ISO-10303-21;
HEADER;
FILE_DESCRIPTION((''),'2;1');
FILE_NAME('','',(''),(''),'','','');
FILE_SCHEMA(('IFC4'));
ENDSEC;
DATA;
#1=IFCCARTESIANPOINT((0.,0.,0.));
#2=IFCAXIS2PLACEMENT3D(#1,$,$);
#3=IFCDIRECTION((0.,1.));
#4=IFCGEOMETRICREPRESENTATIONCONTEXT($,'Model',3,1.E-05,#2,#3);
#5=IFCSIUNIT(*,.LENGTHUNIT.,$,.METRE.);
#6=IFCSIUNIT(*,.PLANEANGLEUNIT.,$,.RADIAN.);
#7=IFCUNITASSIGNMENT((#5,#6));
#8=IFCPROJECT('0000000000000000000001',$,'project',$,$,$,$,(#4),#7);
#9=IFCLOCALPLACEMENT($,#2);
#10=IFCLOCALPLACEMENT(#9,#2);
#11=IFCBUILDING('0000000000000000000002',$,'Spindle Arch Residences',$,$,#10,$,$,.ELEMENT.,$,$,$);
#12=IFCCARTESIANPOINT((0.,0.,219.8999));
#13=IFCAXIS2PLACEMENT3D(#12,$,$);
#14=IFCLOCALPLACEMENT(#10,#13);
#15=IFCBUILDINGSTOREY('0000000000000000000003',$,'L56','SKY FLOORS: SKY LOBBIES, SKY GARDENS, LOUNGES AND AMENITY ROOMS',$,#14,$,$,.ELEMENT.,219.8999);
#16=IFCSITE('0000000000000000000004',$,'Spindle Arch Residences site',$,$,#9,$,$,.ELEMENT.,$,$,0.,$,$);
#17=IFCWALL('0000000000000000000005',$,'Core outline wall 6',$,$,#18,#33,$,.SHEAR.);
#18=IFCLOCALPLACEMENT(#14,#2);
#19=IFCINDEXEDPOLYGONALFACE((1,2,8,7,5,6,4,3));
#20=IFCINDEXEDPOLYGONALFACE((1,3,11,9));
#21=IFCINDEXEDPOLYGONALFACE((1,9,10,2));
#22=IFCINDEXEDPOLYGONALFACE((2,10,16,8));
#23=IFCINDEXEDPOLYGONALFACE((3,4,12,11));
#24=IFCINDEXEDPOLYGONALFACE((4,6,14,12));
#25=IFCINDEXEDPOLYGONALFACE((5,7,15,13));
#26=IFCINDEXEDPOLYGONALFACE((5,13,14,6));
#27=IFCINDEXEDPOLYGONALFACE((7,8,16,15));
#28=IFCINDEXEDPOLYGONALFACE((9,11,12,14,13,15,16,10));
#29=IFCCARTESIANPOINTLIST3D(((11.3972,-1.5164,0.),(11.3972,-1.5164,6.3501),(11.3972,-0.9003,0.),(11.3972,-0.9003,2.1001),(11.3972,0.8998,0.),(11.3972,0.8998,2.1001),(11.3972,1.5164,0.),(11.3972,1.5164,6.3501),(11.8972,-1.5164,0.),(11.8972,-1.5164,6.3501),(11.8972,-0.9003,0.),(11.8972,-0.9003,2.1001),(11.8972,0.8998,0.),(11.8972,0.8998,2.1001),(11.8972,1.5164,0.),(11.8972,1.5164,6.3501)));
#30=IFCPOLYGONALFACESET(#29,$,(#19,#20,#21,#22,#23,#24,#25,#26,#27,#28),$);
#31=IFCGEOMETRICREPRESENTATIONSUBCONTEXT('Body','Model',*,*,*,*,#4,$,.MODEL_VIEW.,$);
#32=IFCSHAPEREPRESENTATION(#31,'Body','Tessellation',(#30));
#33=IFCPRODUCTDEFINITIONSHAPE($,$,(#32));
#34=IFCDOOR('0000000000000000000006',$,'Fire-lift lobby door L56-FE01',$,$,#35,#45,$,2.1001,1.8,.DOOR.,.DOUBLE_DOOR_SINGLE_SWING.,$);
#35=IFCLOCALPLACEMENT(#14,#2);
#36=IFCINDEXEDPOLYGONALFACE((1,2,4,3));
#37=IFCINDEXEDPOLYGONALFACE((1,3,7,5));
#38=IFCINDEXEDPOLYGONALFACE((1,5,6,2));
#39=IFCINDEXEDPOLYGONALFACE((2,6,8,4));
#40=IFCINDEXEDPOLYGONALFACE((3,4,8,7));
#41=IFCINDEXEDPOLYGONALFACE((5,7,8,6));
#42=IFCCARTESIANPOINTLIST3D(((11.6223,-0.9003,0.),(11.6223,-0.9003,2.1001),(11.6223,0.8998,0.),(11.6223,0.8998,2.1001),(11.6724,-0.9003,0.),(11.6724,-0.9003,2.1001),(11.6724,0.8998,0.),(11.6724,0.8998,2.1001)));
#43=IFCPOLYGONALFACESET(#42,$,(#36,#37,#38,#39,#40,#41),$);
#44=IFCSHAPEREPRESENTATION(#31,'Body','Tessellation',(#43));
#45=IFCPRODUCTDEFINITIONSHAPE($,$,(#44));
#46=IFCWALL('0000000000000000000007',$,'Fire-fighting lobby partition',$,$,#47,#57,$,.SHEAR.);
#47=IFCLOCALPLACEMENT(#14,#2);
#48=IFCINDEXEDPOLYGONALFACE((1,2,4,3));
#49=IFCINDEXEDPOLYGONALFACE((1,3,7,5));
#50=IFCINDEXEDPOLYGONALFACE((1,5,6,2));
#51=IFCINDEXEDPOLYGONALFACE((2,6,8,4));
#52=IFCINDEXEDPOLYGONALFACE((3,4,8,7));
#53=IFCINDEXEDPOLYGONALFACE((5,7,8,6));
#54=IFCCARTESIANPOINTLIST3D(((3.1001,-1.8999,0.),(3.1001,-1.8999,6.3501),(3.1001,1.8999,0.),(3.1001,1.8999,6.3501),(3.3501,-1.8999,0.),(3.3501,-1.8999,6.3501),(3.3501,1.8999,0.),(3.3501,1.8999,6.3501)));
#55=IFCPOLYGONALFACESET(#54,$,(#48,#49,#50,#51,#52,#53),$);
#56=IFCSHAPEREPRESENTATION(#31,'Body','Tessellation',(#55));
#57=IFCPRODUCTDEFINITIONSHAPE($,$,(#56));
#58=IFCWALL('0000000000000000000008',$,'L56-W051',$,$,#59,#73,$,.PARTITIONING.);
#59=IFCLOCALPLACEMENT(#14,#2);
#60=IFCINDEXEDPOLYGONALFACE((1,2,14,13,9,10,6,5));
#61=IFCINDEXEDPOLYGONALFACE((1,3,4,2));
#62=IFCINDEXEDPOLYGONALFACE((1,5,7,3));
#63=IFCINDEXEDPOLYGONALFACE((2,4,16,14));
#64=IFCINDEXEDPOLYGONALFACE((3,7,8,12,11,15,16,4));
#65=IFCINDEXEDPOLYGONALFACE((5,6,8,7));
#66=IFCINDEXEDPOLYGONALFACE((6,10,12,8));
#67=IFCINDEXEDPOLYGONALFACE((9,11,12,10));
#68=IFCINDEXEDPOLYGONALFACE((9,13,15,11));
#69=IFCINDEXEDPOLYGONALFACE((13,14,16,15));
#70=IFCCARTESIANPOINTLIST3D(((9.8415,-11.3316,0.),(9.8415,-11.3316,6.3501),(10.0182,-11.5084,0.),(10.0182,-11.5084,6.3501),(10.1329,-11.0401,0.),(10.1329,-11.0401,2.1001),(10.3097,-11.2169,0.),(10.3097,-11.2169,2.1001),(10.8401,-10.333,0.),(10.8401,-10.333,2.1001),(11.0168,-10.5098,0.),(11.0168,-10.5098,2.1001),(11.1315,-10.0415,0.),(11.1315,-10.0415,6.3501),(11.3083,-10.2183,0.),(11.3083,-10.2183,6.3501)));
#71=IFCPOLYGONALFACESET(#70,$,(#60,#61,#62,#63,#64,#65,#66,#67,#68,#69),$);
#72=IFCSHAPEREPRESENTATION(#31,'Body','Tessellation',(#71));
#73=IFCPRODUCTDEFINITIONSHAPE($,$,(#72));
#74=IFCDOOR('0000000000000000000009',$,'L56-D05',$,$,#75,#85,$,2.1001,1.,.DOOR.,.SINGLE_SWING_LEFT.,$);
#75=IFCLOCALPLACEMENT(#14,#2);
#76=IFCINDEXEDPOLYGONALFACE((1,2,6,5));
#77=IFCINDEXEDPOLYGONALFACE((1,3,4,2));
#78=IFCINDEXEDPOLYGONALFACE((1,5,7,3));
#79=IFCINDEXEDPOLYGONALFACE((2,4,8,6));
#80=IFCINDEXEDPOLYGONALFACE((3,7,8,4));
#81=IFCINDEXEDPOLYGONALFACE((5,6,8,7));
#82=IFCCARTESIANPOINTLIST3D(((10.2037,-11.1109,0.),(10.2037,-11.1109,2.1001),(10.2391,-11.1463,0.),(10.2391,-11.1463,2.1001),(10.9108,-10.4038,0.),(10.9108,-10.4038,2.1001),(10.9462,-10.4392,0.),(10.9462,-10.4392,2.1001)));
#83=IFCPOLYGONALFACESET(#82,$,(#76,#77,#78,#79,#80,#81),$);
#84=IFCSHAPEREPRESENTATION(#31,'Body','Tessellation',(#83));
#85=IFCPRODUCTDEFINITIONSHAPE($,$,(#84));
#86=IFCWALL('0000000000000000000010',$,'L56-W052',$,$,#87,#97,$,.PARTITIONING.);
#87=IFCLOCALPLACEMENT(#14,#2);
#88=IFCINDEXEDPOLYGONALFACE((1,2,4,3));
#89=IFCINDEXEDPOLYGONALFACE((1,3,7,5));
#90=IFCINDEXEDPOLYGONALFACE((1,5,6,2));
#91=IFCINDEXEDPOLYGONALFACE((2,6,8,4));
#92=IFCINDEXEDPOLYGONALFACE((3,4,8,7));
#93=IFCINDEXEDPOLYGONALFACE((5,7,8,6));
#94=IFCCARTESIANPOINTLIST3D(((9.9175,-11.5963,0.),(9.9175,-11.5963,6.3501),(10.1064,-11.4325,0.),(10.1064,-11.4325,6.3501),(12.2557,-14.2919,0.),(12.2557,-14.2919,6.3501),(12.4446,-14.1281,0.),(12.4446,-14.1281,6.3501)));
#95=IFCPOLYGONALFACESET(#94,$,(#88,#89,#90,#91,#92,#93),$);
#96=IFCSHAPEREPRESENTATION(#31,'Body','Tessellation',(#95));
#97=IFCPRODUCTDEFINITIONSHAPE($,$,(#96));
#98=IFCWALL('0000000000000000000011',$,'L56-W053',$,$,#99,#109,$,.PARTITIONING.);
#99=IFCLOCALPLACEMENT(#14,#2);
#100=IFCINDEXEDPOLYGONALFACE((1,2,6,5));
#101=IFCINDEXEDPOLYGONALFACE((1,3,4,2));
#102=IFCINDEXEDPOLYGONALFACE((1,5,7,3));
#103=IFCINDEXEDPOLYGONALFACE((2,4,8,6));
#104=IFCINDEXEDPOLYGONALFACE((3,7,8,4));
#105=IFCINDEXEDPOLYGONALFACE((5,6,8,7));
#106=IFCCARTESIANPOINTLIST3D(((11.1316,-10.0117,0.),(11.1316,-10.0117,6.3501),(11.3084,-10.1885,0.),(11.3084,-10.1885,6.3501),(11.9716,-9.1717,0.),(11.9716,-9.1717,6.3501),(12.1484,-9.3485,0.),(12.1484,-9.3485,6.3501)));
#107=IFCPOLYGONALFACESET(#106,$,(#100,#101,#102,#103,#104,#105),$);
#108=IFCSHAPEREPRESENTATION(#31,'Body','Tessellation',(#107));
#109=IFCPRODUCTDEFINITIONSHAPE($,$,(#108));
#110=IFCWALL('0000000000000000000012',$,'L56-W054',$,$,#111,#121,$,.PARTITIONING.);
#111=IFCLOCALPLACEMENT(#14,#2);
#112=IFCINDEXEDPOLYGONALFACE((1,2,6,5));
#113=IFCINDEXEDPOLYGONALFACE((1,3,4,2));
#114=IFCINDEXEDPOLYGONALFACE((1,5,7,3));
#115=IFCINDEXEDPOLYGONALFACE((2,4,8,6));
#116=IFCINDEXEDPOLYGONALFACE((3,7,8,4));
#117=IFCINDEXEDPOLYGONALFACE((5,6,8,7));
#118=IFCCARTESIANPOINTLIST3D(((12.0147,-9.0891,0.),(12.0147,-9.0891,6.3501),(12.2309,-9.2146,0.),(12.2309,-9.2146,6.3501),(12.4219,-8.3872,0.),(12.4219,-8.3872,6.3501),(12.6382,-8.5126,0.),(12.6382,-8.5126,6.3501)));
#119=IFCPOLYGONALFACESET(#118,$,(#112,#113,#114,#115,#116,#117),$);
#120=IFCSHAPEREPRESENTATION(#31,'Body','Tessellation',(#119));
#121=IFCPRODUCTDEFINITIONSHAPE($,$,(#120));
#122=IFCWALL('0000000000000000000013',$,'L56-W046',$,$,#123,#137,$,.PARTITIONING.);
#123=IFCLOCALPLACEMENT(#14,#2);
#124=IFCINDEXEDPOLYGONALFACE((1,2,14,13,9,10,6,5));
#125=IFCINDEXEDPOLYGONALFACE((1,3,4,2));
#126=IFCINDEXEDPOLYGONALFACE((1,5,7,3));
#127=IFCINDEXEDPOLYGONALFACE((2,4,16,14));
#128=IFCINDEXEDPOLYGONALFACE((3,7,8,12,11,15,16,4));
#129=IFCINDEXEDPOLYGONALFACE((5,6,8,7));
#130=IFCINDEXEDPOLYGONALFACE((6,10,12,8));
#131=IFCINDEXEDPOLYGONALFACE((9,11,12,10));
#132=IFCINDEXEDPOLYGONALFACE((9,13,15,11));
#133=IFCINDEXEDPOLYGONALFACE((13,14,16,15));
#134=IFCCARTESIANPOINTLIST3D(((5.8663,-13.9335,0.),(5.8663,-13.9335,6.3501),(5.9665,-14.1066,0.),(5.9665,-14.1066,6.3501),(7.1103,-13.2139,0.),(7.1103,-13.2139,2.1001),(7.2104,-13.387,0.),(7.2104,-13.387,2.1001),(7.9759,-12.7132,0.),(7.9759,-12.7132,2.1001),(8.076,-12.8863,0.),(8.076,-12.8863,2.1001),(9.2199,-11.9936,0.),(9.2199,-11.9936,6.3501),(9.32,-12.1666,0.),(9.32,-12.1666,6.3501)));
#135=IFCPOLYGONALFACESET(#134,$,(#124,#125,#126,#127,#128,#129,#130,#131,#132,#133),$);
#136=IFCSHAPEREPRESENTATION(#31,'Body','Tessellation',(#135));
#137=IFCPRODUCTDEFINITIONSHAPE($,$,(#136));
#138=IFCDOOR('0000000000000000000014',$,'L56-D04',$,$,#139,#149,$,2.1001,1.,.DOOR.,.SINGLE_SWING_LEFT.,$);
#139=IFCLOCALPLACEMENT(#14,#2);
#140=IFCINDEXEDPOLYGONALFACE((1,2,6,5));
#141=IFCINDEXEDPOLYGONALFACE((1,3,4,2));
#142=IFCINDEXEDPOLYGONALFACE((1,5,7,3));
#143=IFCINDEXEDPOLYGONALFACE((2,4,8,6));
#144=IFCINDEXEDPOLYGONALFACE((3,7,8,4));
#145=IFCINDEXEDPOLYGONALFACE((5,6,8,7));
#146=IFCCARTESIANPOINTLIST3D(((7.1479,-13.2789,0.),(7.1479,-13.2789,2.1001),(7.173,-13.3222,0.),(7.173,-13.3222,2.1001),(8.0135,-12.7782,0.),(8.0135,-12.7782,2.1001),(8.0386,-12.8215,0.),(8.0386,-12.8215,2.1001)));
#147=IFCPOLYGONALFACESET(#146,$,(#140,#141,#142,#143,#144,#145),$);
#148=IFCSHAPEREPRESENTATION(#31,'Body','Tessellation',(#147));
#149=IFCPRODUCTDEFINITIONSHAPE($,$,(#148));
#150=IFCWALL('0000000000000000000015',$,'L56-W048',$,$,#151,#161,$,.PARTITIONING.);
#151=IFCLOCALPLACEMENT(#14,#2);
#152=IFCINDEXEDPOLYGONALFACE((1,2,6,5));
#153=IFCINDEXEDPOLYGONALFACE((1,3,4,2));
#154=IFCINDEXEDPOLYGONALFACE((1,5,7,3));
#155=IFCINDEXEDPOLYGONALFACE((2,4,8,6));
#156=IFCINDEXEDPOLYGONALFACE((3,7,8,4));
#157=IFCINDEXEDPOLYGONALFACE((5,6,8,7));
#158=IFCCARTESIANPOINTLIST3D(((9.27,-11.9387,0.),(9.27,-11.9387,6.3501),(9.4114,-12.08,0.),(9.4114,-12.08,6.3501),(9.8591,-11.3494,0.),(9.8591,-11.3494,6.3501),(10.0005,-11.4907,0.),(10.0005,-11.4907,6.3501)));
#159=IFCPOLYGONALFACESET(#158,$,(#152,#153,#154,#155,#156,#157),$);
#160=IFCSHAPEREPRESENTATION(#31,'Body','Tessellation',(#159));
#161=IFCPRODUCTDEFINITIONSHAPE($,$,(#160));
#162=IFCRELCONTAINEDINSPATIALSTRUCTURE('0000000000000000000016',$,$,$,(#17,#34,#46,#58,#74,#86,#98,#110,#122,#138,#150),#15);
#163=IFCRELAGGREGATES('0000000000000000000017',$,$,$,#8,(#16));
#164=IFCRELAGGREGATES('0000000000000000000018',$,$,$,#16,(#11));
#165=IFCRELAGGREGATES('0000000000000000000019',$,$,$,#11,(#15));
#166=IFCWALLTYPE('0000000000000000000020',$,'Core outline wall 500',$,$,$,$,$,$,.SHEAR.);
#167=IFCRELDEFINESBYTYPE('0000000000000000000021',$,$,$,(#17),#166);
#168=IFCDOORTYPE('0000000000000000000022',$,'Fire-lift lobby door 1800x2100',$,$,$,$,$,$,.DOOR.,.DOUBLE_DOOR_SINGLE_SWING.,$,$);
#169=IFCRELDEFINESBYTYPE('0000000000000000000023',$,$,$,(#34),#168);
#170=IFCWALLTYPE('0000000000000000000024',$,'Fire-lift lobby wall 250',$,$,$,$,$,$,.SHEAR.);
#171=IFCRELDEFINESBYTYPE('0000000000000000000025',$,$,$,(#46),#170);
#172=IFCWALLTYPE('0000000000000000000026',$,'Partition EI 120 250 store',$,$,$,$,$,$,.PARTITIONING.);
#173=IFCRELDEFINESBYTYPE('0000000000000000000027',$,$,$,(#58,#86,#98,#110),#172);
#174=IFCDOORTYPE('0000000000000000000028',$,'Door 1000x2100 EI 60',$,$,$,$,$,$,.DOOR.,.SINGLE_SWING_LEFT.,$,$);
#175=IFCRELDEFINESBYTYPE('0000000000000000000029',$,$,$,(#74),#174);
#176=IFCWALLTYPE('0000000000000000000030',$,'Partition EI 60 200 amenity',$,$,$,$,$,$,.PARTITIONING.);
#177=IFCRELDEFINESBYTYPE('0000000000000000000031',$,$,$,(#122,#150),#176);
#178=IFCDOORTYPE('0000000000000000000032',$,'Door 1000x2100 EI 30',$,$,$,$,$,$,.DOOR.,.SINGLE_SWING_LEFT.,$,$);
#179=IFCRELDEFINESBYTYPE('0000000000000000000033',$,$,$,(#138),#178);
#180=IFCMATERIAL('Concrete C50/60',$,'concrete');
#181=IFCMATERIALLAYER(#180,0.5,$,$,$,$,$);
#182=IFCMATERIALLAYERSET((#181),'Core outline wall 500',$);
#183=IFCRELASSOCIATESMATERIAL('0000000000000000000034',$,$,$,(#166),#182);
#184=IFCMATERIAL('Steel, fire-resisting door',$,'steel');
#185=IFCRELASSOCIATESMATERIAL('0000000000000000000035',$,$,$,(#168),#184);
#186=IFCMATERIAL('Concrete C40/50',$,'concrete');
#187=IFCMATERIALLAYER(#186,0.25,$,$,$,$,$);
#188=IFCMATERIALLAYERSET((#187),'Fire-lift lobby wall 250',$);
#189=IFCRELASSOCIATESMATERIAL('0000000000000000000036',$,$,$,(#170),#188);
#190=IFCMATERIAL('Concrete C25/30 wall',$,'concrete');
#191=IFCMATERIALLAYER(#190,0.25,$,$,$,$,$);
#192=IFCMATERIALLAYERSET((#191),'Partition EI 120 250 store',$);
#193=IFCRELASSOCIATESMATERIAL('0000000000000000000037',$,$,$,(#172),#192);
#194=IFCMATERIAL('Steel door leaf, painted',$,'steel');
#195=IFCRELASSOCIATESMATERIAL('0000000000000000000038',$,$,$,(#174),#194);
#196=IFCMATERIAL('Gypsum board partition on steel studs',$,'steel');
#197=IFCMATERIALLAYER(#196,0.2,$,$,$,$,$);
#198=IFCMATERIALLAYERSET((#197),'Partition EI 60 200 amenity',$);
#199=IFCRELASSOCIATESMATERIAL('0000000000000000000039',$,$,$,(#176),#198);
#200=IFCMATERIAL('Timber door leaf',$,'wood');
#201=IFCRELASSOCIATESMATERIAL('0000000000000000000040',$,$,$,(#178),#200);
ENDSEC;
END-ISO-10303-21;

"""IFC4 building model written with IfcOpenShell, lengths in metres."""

from ifc_helpers import new_model, si_unit, direction, frame, frame_2d, origin, place, context, subcontext, project, spatial, rectangle, extrude, material, layer, layer_set, type_object, element, fill, save


model = new_model("IFC4")

# Units and contexts
model_context = context("Model", 3, precision=1e-05, world=origin(), true_north=direction((0.0, 1.0)))
body_context = subcontext(model_context, "Body", "Model", "MODEL_VIEW")
ifc_project = project(units=[si_unit("LENGTHUNIT", "METRE"), si_unit("PLANEANGLEUNIT", "RADIAN")], contexts=[model_context])

# Site, building, storey
site_placement = place(None, origin())
site = spatial("IfcSite", under=ifc_project, at=site_placement, Name="Spindle Arch Residences site", CompositionType="ELEMENT", RefElevation=0.0)
building_placement = place(site_placement, origin())
building = spatial("IfcBuilding", under=site, at=building_placement, Name="Spindle Arch Residences", CompositionType="ELEMENT")
storey_placement = place(building_placement, frame((0.0, 0.0, 219.8999)))
storey = spatial("IfcBuildingStorey", under=building, at=storey_placement, Name="L56", Description="SKY FLOORS: SKY LOBBIES, SKY GARDENS, LOUNGES AND AMENITY ROOMS", CompositionType="ELEMENT", Elevation=219.8999)

# Shared definitions
ifc_material_1 = material(Name="Concrete C50/60", Category="concrete")
ifc_layer_1 = layer(ifc_material_1, 0.5)
ifc_layer_set_1 = layer_set([ifc_layer_1], Name="Core outline wall 500")
wall_type_1 = type_object("IfcWallType", Name="Core outline wall 500", PredefinedType="SHEAR", material=ifc_layer_set_1)

# Wall, opening, door
wall_1_placement = place(storey_placement, frame((11.6472, -1.5164, 0.0), z_axis=(0.0, 0.0, 1.0), x_axis=(0.0, 1.0, 0.0)))
wall_1 = element("IfcWall", 1, at=wall_1_placement, inside=storey, type_object=wall_type_1, Name="Core outline wall 6", PredefinedType="SHEAR", context=body_context, shape_type="SweptSolid", body=[
    extrude(rectangle(XDim=3.0327, YDim=0.5, at=frame_2d((1.5164, 0.0))), origin(), (0.0, 0.0, 1.0), 6.3501),
])
opening_1_placement = place(wall_1_placement, frame((0.6162, 0.0, 0.0)))
opening_1 = element("IfcOpeningElement", 2, at=opening_1_placement, cuts=wall_1, PredefinedType="OPENING", context=body_context, shape_type="SweptSolid", body=[
    extrude(rectangle(XDim=1.8, YDim=2.1001, at=frame_2d((0.8999, 1.05))), frame((0.0, 0.26, 0.0), z_axis=(0.0, -1.0, 0.0), x_axis=(1.0, 0.0, 0.0)), (0.0, 0.0, 1.0), 0.52),
])
ifc_material_2 = material(Name="Steel, fire-resisting door", Category="steel")
door_type_1 = type_object("IfcDoorType", Name="Fire-lift lobby door 1800x2100", OperationType="DOUBLE_DOOR_SINGLE_SWING", PredefinedType="DOOR", material=ifc_material_2)
door_1_placement = place(opening_1_placement, origin())
door_1 = element("IfcDoor", 3, at=door_1_placement, inside=storey, type_object=door_type_1, Name="Fire-lift lobby door L56-FE01", OperationType="DOUBLE_DOOR_SINGLE_SWING", OverallHeight=2.1001, OverallWidth=1.8, PredefinedType="DOOR", context=body_context, shape_type="SweptSolid", body=[
    extrude(rectangle(XDim=1.8, YDim=2.1001, at=frame_2d((0.8999, 1.05))), frame((0.0, 0.0249, 0.0), z_axis=(0.0, -1.0, 0.0), x_axis=(1.0, 0.0, 0.0)), (0.0, 0.0, 1.0), 0.05),
])
fill(opening_1, door_1)

# Wall
ifc_material_3 = material(Name="Concrete C40/50", Category="concrete")
ifc_layer_2 = layer(ifc_material_3, 0.25)
ifc_layer_set_2 = layer_set([ifc_layer_2], Name="Fire-lift lobby wall 250")
wall_type_2 = type_object("IfcWallType", Name="Fire-lift lobby wall 250", PredefinedType="SHEAR", material=ifc_layer_set_2)
wall_2_placement = place(storey_placement, frame((3.2251, -1.8999, 0.0), z_axis=(0.0, 0.0, 1.0), x_axis=(0.0, 1.0, 0.0)))
element("IfcWall", 4, at=wall_2_placement, inside=storey, type_object=wall_type_2, Name="Fire-fighting lobby partition", PredefinedType="SHEAR", context=body_context, shape_type="SweptSolid", body=[
    extrude(rectangle(XDim=3.7998, YDim=0.25, at=frame_2d((1.8999, 0.0))), origin(), (0.0, 0.0, 1.0), 6.3501),
])

# Wall, opening, door
ifc_material_4 = material(Name="Concrete C25/30 wall", Category="concrete")
ifc_layer_3 = layer(ifc_material_4, 0.25)
ifc_layer_set_3 = layer_set([ifc_layer_3], Name="Partition EI 120 250 store")
wall_type_3 = type_object("IfcWallType", Name="Partition EI 120 250 store", PredefinedType="PARTITIONING", material=ifc_layer_set_3)
wall_3_placement = place(storey_placement, frame((9.9299, -11.4199, 0.0), z_axis=(0.0, 0.0, 1.0), x_axis=(0.707107, 0.707107, 0.0)))
wall_3 = element("IfcWall", 5, at=wall_3_placement, inside=storey, type_object=wall_type_3, Name="L56-W051", PredefinedType="PARTITIONING", context=body_context, shape_type="SweptSolid", body=[
    extrude(rectangle(XDim=1.8245, YDim=0.25, at=frame_2d((0.9121, 0.0))), origin(), (0.0, 0.0, 1.0), 6.3501),
])
opening_2_placement = place(wall_3_placement, frame((0.4121, 0.0, 0.0)))
opening_2 = element("IfcOpeningElement", 6, at=opening_2_placement, cuts=wall_3, PredefinedType="OPENING", context=body_context, shape_type="SweptSolid", body=[
    extrude(rectangle(XDim=1.0, YDim=2.1001, at=frame_2d((0.5, 1.05))), frame((0.0, 0.135, 0.0), z_axis=(0.0, -1.0, 0.0), x_axis=(1.0, 0.0, 0.0)), (0.0, 0.0, 1.0), 0.27),
])
ifc_material_5 = material(Name="Steel door leaf, painted", Category="steel")
door_type_2 = type_object("IfcDoorType", Name="Door 1000x2100 EI 60", OperationType="SINGLE_SWING_LEFT", PredefinedType="DOOR", material=ifc_material_5)
door_2_placement = place(opening_2_placement, origin())
door_2 = element("IfcDoor", 7, at=door_2_placement, inside=storey, type_object=door_type_2, Name="L56-D05", OperationType="SINGLE_SWING_LEFT", OverallHeight=2.1001, OverallWidth=1.0, PredefinedType="DOOR", context=body_context, shape_type="SweptSolid", body=[
    extrude(rectangle(XDim=1.0, YDim=2.1001, at=frame_2d((0.5, 1.05))), frame((0.0, 0.0249, 0.0), z_axis=(0.0, -1.0, 0.0), x_axis=(1.0, 0.0, 0.0)), (0.0, 0.0, 1.0), 0.05),
])
fill(opening_2, door_2)

# Walls
wall_4_placement = place(storey_placement, frame((10.012, -11.5144, 0.0), z_axis=(0.0, 0.0, 1.0), x_axis=(0.655248, -0.755414, 0.0)))
element("IfcWall", 8, at=wall_4_placement, inside=storey, type_object=wall_type_3, Name="L56-W052", PredefinedType="PARTITIONING", context=body_context, shape_type="SweptSolid", body=[
    extrude(rectangle(XDim=3.5684, YDim=0.25, at=frame_2d((1.7842, 0.0))), origin(), (0.0, 0.0, 1.0), 6.3501),
])
wall_5_placement = place(storey_placement, frame((11.22, -10.1001, 0.0), z_axis=(0.0, 0.0, 1.0), x_axis=(0.707107, 0.707107, 0.0)))
element("IfcWall", 9, at=wall_5_placement, inside=storey, type_object=wall_type_3, Name="L56-W053", PredefinedType="PARTITIONING", context=body_context, shape_type="SweptSolid", body=[
    extrude(rectangle(XDim=1.188, YDim=0.25, at=frame_2d((0.594, 0.0))), origin(), (0.0, 0.0, 1.0), 6.3501),
])
wall_6_placement = place(storey_placement, frame((12.1228, -9.1519, 0.0), z_axis=(0.0, 0.0, 1.0), x_axis=(0.501831, 0.864966, 0.0)))
element("IfcWall", 10, at=wall_6_placement, inside=storey, type_object=wall_type_3, Name="L56-W054", PredefinedType="PARTITIONING", context=body_context, shape_type="SweptSolid", body=[
    extrude(rectangle(XDim=0.8115, YDim=0.25, at=frame_2d((0.4058, 0.0))), origin(), (0.0, 0.0, 1.0), 6.3501),
])

# Wall, opening, door
ifc_material_6 = material(Name="Gypsum board partition on steel studs", Category="steel")
ifc_layer_4 = layer(ifc_material_6, 0.2)
ifc_layer_set_4 = layer_set([ifc_layer_4], Name="Partition EI 60 200 amenity")
wall_type_4 = type_object("IfcWallType", Name="Partition EI 60 200 amenity", PredefinedType="PARTITIONING", material=ifc_layer_set_4)
wall_7_placement = place(storey_placement, frame((5.9165, -14.02, 0.0), z_axis=(0.0, 0.0, 1.0), x_axis=(0.865602, 0.500733, 0.0)))
wall_7 = element("IfcWall", 11, at=wall_7_placement, inside=storey, type_object=wall_type_4, Name="L56-W046", PredefinedType="PARTITIONING", context=body_context, shape_type="SweptSolid", body=[
    extrude(rectangle(XDim=3.8743, YDim=0.2, at=frame_2d((1.937, 0.0))), origin(), (0.0, 0.0, 1.0), 6.3501),
])
opening_3_placement = place(wall_7_placement, frame((1.437, 0.0, 0.0)))
opening_3 = element("IfcOpeningElement", 12, at=opening_3_placement, cuts=wall_7, PredefinedType="OPENING", context=body_context, shape_type="SweptSolid", body=[
    extrude(rectangle(XDim=1.0, YDim=2.1001, at=frame_2d((0.5, 1.05))), frame((0.0, 0.1099, 0.0), z_axis=(0.0, -1.0, 0.0), x_axis=(1.0, 0.0, 0.0)), (0.0, 0.0, 1.0), 0.22),
])
ifc_material_7 = material(Name="Timber door leaf", Category="wood")
door_type_3 = type_object("IfcDoorType", Name="Door 1000x2100 EI 30", OperationType="SINGLE_SWING_LEFT", PredefinedType="DOOR", material=ifc_material_7)
door_3_placement = place(opening_3_placement, origin())
door_3 = element("IfcDoor", 13, at=door_3_placement, inside=storey, type_object=door_type_3, Name="L56-D04", OperationType="SINGLE_SWING_LEFT", OverallHeight=2.1001, OverallWidth=1.0, PredefinedType="DOOR", context=body_context, shape_type="SweptSolid", body=[
    extrude(rectangle(XDim=1.0, YDim=2.1001, at=frame_2d((0.5, 1.05))), frame((0.0, 0.0249, 0.0), z_axis=(0.0, -1.0, 0.0), x_axis=(1.0, 0.0, 0.0)), (0.0, 0.0, 1.0), 0.05),
])
fill(opening_3, door_3)

# Wall
wall_8_placement = place(storey_placement, frame((9.3408, -12.0093, 0.0), z_axis=(0.0, 0.0, 1.0), x_axis=(0.70696, 0.707253, 0.0)))
element("IfcWall", 14, at=wall_8_placement, inside=storey, type_object=wall_type_4, Name="L56-W048", PredefinedType="PARTITIONING", context=body_context, shape_type="SweptSolid", body=[
    extrude(rectangle(XDim=0.8333, YDim=0.2, at=frame_2d((0.4165, 0.0))), origin(), (0.0, 0.0, 1.0), 6.3501),
])

save(model, "model.ifc")
